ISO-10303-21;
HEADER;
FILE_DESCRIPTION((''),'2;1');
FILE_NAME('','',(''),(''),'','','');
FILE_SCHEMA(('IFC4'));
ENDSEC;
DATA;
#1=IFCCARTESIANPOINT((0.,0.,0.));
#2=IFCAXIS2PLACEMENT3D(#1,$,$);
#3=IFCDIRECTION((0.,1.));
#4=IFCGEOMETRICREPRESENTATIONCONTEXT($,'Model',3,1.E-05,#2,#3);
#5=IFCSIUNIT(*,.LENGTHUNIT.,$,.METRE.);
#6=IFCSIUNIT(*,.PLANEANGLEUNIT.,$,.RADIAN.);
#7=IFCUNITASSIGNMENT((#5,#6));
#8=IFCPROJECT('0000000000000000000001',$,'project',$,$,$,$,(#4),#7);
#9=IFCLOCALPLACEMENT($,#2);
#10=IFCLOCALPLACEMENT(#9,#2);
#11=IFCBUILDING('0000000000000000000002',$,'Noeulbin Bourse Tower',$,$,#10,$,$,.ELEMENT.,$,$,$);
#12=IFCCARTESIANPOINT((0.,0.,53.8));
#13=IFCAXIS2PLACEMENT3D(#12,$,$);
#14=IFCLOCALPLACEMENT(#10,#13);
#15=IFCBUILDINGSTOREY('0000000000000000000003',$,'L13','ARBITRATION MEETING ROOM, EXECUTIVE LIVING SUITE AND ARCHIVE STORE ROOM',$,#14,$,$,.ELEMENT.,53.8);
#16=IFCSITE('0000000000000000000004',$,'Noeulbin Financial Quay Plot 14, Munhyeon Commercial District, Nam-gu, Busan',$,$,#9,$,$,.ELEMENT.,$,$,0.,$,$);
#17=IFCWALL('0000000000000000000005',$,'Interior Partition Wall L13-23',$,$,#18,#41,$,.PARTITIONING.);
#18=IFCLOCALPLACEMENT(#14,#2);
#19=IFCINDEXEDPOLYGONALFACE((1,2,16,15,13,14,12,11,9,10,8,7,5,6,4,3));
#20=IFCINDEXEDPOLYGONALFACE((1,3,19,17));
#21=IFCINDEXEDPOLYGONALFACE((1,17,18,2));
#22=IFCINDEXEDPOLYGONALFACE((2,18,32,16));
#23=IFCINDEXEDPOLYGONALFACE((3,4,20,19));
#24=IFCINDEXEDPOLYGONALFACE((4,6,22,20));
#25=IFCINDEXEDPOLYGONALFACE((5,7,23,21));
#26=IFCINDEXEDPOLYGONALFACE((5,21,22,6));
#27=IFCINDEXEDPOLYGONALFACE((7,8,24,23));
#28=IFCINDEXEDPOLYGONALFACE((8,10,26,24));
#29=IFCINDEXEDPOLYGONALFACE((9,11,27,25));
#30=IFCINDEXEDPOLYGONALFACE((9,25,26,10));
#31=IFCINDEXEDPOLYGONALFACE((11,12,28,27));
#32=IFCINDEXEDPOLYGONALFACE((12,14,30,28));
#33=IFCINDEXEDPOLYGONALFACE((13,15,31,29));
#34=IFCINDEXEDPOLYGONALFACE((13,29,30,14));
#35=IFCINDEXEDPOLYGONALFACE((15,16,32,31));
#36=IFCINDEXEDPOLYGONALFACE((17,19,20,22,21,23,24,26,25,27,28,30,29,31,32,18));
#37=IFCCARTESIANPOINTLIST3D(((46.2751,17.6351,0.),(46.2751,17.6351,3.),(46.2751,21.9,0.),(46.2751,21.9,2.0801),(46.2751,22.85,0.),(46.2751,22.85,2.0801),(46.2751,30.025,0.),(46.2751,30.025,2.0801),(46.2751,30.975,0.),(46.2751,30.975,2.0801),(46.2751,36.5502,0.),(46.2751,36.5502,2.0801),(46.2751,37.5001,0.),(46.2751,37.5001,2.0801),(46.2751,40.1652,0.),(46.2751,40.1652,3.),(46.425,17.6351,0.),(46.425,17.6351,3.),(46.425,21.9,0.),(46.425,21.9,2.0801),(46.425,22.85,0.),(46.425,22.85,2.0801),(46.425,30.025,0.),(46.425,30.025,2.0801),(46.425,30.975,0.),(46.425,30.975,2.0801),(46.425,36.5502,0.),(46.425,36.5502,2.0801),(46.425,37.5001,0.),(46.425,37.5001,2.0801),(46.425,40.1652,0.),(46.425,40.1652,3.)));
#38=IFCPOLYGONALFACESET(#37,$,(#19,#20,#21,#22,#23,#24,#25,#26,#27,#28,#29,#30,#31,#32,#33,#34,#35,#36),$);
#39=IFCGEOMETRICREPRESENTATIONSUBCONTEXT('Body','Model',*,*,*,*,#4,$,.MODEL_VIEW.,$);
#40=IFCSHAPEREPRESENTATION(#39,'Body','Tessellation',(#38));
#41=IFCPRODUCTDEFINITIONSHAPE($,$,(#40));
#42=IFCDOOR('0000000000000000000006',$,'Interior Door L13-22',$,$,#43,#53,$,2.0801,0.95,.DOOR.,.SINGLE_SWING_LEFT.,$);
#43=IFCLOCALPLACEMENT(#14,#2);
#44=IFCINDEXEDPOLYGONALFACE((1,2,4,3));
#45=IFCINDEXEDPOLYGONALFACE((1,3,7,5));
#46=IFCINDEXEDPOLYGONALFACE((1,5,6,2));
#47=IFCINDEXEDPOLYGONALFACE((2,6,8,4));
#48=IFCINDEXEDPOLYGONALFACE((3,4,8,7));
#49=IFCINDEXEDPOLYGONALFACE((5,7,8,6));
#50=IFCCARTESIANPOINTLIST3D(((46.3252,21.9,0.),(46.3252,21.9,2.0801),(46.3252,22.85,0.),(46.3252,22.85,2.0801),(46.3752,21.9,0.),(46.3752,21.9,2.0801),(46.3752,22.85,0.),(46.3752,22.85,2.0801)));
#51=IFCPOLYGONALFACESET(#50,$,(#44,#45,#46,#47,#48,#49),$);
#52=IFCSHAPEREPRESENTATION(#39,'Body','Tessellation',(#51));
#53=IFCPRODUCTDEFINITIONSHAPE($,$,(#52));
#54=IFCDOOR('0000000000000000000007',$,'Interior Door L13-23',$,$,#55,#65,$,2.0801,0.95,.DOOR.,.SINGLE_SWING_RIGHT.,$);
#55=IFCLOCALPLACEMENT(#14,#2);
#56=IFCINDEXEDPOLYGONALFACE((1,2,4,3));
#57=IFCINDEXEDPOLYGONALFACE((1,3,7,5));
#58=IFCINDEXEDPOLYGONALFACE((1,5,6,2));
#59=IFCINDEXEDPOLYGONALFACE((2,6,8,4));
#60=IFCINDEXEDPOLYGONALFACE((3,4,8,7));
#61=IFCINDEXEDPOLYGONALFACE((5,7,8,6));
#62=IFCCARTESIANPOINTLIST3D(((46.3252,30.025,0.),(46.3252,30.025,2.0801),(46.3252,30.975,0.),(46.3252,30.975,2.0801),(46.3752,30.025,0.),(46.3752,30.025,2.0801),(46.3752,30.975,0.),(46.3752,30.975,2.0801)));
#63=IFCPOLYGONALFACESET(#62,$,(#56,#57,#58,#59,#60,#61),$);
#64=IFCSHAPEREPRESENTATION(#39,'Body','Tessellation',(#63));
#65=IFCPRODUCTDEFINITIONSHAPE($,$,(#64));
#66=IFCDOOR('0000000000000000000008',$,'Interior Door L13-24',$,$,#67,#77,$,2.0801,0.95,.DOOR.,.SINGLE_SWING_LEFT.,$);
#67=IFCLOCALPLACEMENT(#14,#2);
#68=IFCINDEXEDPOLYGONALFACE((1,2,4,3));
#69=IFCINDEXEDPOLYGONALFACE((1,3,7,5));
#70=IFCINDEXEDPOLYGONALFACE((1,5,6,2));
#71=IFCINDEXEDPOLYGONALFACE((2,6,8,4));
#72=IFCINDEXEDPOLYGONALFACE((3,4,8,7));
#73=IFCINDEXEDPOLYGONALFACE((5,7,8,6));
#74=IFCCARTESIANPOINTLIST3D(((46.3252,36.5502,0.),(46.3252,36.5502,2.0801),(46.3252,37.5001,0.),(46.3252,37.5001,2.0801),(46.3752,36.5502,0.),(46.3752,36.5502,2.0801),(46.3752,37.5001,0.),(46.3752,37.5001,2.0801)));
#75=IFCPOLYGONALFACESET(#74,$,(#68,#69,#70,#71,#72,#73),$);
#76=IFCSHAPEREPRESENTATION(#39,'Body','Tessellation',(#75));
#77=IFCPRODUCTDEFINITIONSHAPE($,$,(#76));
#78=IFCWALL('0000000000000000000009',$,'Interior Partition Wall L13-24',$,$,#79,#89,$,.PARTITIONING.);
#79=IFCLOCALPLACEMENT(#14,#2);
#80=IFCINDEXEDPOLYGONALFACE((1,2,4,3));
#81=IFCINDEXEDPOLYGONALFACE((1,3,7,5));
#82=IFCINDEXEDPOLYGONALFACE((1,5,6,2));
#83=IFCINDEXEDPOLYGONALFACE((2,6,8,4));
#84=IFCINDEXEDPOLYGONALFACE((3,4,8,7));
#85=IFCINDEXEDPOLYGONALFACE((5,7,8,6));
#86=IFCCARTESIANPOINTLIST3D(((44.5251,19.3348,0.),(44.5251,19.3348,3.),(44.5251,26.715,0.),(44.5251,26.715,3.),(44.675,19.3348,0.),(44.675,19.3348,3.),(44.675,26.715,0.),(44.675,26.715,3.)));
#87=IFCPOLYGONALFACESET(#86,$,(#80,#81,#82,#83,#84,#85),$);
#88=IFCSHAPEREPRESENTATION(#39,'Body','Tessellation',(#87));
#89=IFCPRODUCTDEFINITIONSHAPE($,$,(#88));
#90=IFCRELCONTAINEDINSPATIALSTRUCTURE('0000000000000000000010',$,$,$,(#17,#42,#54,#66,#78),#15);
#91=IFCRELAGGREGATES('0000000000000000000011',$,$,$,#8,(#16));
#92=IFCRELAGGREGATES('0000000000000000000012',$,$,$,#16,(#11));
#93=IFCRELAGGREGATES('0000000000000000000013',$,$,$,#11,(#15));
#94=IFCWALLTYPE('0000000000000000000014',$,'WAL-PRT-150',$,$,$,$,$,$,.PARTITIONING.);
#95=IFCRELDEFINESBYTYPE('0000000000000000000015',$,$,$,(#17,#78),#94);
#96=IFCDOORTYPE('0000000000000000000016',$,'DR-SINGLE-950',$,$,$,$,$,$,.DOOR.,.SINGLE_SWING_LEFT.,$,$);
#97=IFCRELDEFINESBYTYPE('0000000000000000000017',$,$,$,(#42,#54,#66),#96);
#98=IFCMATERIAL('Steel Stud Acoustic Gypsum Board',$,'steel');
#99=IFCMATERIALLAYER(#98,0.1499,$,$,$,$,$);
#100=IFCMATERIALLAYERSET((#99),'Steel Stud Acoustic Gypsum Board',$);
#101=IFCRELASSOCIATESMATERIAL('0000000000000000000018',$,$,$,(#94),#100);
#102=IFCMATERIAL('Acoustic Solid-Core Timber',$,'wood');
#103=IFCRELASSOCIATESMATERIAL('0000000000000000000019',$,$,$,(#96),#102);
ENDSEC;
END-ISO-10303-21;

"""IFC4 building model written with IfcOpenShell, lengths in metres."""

from ifc_helpers import new_model, si_unit, direction, frame, frame_2d, origin, place, context, subcontext, project, spatial, rectangle, extrude, material, layer, layer_set, type_object, element, fill, save


model = new_model("IFC4")

# Units and contexts
model_context = context("Model", 3, precision=1e-05, world=origin(), true_north=direction((0.0, 1.0)))
body_context = subcontext(model_context, "Body", "Model", "MODEL_VIEW")
ifc_project = project(units=[si_unit("LENGTHUNIT", "METRE"), si_unit("PLANEANGLEUNIT", "RADIAN")], contexts=[model_context])

# Site, building, storey
site_placement = place(None, origin())
site = spatial("IfcSite", under=ifc_project, at=site_placement, Name="Noeulbin Financial Quay Plot 14, Munhyeon Commercial District, Nam-gu, Busan", CompositionType="ELEMENT", RefElevation=0.0)
building_placement = place(site_placement, origin())
building = spatial("IfcBuilding", under=site, at=building_placement, Name="Noeulbin Bourse Tower", CompositionType="ELEMENT")
storey_placement = place(building_placement, frame((0.0, 0.0, 53.8)))
storey = spatial("IfcBuildingStorey", under=building, at=storey_placement, Name="L13", Description="ARBITRATION MEETING ROOM, EXECUTIVE LIVING SUITE AND ARCHIVE STORE ROOM", CompositionType="ELEMENT", Elevation=53.8)

# Wall, openings, doors
ifc_material_1 = material(Name="Steel Stud Acoustic Gypsum Board", Category="steel")
ifc_layer_1 = layer(ifc_material_1, 0.1499)
ifc_layer_set_1 = layer_set([ifc_layer_1], Name="Steel Stud Acoustic Gypsum Board")
wall_type_1 = type_object("IfcWallType", Name="WAL-PRT-150", PredefinedType="PARTITIONING", material=ifc_layer_set_1)
wall_1_placement = place(storey_placement, frame((46.3501, 17.635, 0.0), z_axis=(0.0, 0.0, 1.0), x_axis=(0.0, 1.0, 0.0)))
wall_1 = element("IfcWall", 1, at=wall_1_placement, inside=storey, type_object=wall_type_1, Name="Interior Partition Wall L13-23", PredefinedType="PARTITIONING", context=body_context, shape_type="SweptSolid", body=[
    extrude(rectangle(XDim=22.53, YDim=0.1499, at=frame_2d((11.2651, 0.0))), origin(), (0.0, 0.0, 1.0), 3.0),
])
opening_1_placement = place(wall_1_placement, frame((4.2649, 0.0, 0.0)))
opening_1 = element("IfcOpeningElement", 2, at=opening_1_placement, cuts=wall_1, PredefinedType="OPENING", context=body_context, shape_type="SweptSolid", body=[
    extrude(rectangle(XDim=0.95, YDim=2.0801, at=frame_2d((0.4751, 1.04))), frame((0.0, 0.085, 0.0), z_axis=(0.0, -1.0, 0.0), x_axis=(1.0, 0.0, 0.0)), (0.0, 0.0, 1.0), 0.1699),
])
opening_2_placement = place(wall_1_placement, frame((12.3899, 0.0, 0.0)))
opening_2 = element("IfcOpeningElement", 3, at=opening_2_placement, cuts=wall_1, PredefinedType="OPENING", context=body_context, shape_type="SweptSolid", body=[
    extrude(rectangle(XDim=0.95, YDim=2.0801, at=frame_2d((0.4751, 1.04))), frame((0.0, 0.085, 0.0), z_axis=(0.0, -1.0, 0.0), x_axis=(1.0, 0.0, 0.0)), (0.0, 0.0, 1.0), 0.1699),
])
opening_3_placement = place(wall_1_placement, frame((18.915, 0.0, 0.0)))
opening_3 = element("IfcOpeningElement", 4, at=opening_3_placement, cuts=wall_1, PredefinedType="OPENING", context=body_context, shape_type="SweptSolid", body=[
    extrude(rectangle(XDim=0.95, YDim=2.0801, at=frame_2d((0.4751, 1.04))), frame((0.0, 0.085, 0.0), z_axis=(0.0, -1.0, 0.0), x_axis=(1.0, 0.0, 0.0)), (0.0, 0.0, 1.0), 0.1699),
])
ifc_material_2 = material(Name="Acoustic Solid-Core Timber", Category="wood")
door_type = type_object("IfcDoorType", Name="DR-SINGLE-950", OperationType="SINGLE_SWING_LEFT", PredefinedType="DOOR", material=ifc_material_2)
door_1_placement = place(opening_1_placement, origin())
door_1 = element("IfcDoor", 5, at=door_1_placement, inside=storey, type_object=door_type, Name="Interior Door L13-22", OperationType="SINGLE_SWING_LEFT", OverallHeight=2.0801, OverallWidth=0.95, PredefinedType="DOOR", context=body_context, shape_type="SweptSolid", body=[
    extrude(rectangle(XDim=0.95, YDim=2.0801, at=frame_2d((0.4751, 1.04))), frame((0.0, 0.0249, 0.0), z_axis=(0.0, -1.0, 0.0), x_axis=(1.0, 0.0, 0.0)), (0.0, 0.0, 1.0), 0.05),
])
fill(opening_1, door_1)
door_2_placement = place(opening_2_placement, origin())
door_2 = element("IfcDoor", 6, at=door_2_placement, inside=storey, type_object=door_type, Name="Interior Door L13-23", OperationType="SINGLE_SWING_RIGHT", OverallHeight=2.0801, OverallWidth=0.95, PredefinedType="DOOR", context=body_context, shape_type="SweptSolid", body=[
    extrude(rectangle(XDim=0.95, YDim=2.0801, at=frame_2d((0.4751, 1.04))), frame((0.0, 0.0249, 0.0), z_axis=(0.0, -1.0, 0.0), x_axis=(1.0, 0.0, 0.0)), (0.0, 0.0, 1.0), 0.05),
])
fill(opening_2, door_2)
door_3_placement = place(opening_3_placement, origin())
door_3 = element("IfcDoor", 7, at=door_3_placement, inside=storey, type_object=door_type, Name="Interior Door L13-24", OperationType="SINGLE_SWING_LEFT", OverallHeight=2.0801, OverallWidth=0.95, PredefinedType="DOOR", context=body_context, shape_type="SweptSolid", body=[
    extrude(rectangle(XDim=0.95, YDim=2.0801, at=frame_2d((0.4751, 1.04))), frame((0.0, 0.0249, 0.0), z_axis=(0.0, -1.0, 0.0), x_axis=(1.0, 0.0, 0.0)), (0.0, 0.0, 1.0), 0.05),
])
fill(opening_3, door_3)

# Wall
wall_2_placement = place(storey_placement, frame((44.6001, 19.335, 0.0), z_axis=(0.0, 0.0, 1.0), x_axis=(0.0, 1.0, 0.0)))
element("IfcWall", 8, at=wall_2_placement, inside=storey, type_object=wall_type_1, Name="Interior Partition Wall L13-24", PredefinedType="PARTITIONING", context=body_context, shape_type="SweptSolid", body=[
    extrude(rectangle(XDim=7.3801, YDim=0.1499, at=frame_2d((3.6899, 0.0))), origin(), (0.0, 0.0, 1.0), 3.0),
])

save(model, "model.ifc")
